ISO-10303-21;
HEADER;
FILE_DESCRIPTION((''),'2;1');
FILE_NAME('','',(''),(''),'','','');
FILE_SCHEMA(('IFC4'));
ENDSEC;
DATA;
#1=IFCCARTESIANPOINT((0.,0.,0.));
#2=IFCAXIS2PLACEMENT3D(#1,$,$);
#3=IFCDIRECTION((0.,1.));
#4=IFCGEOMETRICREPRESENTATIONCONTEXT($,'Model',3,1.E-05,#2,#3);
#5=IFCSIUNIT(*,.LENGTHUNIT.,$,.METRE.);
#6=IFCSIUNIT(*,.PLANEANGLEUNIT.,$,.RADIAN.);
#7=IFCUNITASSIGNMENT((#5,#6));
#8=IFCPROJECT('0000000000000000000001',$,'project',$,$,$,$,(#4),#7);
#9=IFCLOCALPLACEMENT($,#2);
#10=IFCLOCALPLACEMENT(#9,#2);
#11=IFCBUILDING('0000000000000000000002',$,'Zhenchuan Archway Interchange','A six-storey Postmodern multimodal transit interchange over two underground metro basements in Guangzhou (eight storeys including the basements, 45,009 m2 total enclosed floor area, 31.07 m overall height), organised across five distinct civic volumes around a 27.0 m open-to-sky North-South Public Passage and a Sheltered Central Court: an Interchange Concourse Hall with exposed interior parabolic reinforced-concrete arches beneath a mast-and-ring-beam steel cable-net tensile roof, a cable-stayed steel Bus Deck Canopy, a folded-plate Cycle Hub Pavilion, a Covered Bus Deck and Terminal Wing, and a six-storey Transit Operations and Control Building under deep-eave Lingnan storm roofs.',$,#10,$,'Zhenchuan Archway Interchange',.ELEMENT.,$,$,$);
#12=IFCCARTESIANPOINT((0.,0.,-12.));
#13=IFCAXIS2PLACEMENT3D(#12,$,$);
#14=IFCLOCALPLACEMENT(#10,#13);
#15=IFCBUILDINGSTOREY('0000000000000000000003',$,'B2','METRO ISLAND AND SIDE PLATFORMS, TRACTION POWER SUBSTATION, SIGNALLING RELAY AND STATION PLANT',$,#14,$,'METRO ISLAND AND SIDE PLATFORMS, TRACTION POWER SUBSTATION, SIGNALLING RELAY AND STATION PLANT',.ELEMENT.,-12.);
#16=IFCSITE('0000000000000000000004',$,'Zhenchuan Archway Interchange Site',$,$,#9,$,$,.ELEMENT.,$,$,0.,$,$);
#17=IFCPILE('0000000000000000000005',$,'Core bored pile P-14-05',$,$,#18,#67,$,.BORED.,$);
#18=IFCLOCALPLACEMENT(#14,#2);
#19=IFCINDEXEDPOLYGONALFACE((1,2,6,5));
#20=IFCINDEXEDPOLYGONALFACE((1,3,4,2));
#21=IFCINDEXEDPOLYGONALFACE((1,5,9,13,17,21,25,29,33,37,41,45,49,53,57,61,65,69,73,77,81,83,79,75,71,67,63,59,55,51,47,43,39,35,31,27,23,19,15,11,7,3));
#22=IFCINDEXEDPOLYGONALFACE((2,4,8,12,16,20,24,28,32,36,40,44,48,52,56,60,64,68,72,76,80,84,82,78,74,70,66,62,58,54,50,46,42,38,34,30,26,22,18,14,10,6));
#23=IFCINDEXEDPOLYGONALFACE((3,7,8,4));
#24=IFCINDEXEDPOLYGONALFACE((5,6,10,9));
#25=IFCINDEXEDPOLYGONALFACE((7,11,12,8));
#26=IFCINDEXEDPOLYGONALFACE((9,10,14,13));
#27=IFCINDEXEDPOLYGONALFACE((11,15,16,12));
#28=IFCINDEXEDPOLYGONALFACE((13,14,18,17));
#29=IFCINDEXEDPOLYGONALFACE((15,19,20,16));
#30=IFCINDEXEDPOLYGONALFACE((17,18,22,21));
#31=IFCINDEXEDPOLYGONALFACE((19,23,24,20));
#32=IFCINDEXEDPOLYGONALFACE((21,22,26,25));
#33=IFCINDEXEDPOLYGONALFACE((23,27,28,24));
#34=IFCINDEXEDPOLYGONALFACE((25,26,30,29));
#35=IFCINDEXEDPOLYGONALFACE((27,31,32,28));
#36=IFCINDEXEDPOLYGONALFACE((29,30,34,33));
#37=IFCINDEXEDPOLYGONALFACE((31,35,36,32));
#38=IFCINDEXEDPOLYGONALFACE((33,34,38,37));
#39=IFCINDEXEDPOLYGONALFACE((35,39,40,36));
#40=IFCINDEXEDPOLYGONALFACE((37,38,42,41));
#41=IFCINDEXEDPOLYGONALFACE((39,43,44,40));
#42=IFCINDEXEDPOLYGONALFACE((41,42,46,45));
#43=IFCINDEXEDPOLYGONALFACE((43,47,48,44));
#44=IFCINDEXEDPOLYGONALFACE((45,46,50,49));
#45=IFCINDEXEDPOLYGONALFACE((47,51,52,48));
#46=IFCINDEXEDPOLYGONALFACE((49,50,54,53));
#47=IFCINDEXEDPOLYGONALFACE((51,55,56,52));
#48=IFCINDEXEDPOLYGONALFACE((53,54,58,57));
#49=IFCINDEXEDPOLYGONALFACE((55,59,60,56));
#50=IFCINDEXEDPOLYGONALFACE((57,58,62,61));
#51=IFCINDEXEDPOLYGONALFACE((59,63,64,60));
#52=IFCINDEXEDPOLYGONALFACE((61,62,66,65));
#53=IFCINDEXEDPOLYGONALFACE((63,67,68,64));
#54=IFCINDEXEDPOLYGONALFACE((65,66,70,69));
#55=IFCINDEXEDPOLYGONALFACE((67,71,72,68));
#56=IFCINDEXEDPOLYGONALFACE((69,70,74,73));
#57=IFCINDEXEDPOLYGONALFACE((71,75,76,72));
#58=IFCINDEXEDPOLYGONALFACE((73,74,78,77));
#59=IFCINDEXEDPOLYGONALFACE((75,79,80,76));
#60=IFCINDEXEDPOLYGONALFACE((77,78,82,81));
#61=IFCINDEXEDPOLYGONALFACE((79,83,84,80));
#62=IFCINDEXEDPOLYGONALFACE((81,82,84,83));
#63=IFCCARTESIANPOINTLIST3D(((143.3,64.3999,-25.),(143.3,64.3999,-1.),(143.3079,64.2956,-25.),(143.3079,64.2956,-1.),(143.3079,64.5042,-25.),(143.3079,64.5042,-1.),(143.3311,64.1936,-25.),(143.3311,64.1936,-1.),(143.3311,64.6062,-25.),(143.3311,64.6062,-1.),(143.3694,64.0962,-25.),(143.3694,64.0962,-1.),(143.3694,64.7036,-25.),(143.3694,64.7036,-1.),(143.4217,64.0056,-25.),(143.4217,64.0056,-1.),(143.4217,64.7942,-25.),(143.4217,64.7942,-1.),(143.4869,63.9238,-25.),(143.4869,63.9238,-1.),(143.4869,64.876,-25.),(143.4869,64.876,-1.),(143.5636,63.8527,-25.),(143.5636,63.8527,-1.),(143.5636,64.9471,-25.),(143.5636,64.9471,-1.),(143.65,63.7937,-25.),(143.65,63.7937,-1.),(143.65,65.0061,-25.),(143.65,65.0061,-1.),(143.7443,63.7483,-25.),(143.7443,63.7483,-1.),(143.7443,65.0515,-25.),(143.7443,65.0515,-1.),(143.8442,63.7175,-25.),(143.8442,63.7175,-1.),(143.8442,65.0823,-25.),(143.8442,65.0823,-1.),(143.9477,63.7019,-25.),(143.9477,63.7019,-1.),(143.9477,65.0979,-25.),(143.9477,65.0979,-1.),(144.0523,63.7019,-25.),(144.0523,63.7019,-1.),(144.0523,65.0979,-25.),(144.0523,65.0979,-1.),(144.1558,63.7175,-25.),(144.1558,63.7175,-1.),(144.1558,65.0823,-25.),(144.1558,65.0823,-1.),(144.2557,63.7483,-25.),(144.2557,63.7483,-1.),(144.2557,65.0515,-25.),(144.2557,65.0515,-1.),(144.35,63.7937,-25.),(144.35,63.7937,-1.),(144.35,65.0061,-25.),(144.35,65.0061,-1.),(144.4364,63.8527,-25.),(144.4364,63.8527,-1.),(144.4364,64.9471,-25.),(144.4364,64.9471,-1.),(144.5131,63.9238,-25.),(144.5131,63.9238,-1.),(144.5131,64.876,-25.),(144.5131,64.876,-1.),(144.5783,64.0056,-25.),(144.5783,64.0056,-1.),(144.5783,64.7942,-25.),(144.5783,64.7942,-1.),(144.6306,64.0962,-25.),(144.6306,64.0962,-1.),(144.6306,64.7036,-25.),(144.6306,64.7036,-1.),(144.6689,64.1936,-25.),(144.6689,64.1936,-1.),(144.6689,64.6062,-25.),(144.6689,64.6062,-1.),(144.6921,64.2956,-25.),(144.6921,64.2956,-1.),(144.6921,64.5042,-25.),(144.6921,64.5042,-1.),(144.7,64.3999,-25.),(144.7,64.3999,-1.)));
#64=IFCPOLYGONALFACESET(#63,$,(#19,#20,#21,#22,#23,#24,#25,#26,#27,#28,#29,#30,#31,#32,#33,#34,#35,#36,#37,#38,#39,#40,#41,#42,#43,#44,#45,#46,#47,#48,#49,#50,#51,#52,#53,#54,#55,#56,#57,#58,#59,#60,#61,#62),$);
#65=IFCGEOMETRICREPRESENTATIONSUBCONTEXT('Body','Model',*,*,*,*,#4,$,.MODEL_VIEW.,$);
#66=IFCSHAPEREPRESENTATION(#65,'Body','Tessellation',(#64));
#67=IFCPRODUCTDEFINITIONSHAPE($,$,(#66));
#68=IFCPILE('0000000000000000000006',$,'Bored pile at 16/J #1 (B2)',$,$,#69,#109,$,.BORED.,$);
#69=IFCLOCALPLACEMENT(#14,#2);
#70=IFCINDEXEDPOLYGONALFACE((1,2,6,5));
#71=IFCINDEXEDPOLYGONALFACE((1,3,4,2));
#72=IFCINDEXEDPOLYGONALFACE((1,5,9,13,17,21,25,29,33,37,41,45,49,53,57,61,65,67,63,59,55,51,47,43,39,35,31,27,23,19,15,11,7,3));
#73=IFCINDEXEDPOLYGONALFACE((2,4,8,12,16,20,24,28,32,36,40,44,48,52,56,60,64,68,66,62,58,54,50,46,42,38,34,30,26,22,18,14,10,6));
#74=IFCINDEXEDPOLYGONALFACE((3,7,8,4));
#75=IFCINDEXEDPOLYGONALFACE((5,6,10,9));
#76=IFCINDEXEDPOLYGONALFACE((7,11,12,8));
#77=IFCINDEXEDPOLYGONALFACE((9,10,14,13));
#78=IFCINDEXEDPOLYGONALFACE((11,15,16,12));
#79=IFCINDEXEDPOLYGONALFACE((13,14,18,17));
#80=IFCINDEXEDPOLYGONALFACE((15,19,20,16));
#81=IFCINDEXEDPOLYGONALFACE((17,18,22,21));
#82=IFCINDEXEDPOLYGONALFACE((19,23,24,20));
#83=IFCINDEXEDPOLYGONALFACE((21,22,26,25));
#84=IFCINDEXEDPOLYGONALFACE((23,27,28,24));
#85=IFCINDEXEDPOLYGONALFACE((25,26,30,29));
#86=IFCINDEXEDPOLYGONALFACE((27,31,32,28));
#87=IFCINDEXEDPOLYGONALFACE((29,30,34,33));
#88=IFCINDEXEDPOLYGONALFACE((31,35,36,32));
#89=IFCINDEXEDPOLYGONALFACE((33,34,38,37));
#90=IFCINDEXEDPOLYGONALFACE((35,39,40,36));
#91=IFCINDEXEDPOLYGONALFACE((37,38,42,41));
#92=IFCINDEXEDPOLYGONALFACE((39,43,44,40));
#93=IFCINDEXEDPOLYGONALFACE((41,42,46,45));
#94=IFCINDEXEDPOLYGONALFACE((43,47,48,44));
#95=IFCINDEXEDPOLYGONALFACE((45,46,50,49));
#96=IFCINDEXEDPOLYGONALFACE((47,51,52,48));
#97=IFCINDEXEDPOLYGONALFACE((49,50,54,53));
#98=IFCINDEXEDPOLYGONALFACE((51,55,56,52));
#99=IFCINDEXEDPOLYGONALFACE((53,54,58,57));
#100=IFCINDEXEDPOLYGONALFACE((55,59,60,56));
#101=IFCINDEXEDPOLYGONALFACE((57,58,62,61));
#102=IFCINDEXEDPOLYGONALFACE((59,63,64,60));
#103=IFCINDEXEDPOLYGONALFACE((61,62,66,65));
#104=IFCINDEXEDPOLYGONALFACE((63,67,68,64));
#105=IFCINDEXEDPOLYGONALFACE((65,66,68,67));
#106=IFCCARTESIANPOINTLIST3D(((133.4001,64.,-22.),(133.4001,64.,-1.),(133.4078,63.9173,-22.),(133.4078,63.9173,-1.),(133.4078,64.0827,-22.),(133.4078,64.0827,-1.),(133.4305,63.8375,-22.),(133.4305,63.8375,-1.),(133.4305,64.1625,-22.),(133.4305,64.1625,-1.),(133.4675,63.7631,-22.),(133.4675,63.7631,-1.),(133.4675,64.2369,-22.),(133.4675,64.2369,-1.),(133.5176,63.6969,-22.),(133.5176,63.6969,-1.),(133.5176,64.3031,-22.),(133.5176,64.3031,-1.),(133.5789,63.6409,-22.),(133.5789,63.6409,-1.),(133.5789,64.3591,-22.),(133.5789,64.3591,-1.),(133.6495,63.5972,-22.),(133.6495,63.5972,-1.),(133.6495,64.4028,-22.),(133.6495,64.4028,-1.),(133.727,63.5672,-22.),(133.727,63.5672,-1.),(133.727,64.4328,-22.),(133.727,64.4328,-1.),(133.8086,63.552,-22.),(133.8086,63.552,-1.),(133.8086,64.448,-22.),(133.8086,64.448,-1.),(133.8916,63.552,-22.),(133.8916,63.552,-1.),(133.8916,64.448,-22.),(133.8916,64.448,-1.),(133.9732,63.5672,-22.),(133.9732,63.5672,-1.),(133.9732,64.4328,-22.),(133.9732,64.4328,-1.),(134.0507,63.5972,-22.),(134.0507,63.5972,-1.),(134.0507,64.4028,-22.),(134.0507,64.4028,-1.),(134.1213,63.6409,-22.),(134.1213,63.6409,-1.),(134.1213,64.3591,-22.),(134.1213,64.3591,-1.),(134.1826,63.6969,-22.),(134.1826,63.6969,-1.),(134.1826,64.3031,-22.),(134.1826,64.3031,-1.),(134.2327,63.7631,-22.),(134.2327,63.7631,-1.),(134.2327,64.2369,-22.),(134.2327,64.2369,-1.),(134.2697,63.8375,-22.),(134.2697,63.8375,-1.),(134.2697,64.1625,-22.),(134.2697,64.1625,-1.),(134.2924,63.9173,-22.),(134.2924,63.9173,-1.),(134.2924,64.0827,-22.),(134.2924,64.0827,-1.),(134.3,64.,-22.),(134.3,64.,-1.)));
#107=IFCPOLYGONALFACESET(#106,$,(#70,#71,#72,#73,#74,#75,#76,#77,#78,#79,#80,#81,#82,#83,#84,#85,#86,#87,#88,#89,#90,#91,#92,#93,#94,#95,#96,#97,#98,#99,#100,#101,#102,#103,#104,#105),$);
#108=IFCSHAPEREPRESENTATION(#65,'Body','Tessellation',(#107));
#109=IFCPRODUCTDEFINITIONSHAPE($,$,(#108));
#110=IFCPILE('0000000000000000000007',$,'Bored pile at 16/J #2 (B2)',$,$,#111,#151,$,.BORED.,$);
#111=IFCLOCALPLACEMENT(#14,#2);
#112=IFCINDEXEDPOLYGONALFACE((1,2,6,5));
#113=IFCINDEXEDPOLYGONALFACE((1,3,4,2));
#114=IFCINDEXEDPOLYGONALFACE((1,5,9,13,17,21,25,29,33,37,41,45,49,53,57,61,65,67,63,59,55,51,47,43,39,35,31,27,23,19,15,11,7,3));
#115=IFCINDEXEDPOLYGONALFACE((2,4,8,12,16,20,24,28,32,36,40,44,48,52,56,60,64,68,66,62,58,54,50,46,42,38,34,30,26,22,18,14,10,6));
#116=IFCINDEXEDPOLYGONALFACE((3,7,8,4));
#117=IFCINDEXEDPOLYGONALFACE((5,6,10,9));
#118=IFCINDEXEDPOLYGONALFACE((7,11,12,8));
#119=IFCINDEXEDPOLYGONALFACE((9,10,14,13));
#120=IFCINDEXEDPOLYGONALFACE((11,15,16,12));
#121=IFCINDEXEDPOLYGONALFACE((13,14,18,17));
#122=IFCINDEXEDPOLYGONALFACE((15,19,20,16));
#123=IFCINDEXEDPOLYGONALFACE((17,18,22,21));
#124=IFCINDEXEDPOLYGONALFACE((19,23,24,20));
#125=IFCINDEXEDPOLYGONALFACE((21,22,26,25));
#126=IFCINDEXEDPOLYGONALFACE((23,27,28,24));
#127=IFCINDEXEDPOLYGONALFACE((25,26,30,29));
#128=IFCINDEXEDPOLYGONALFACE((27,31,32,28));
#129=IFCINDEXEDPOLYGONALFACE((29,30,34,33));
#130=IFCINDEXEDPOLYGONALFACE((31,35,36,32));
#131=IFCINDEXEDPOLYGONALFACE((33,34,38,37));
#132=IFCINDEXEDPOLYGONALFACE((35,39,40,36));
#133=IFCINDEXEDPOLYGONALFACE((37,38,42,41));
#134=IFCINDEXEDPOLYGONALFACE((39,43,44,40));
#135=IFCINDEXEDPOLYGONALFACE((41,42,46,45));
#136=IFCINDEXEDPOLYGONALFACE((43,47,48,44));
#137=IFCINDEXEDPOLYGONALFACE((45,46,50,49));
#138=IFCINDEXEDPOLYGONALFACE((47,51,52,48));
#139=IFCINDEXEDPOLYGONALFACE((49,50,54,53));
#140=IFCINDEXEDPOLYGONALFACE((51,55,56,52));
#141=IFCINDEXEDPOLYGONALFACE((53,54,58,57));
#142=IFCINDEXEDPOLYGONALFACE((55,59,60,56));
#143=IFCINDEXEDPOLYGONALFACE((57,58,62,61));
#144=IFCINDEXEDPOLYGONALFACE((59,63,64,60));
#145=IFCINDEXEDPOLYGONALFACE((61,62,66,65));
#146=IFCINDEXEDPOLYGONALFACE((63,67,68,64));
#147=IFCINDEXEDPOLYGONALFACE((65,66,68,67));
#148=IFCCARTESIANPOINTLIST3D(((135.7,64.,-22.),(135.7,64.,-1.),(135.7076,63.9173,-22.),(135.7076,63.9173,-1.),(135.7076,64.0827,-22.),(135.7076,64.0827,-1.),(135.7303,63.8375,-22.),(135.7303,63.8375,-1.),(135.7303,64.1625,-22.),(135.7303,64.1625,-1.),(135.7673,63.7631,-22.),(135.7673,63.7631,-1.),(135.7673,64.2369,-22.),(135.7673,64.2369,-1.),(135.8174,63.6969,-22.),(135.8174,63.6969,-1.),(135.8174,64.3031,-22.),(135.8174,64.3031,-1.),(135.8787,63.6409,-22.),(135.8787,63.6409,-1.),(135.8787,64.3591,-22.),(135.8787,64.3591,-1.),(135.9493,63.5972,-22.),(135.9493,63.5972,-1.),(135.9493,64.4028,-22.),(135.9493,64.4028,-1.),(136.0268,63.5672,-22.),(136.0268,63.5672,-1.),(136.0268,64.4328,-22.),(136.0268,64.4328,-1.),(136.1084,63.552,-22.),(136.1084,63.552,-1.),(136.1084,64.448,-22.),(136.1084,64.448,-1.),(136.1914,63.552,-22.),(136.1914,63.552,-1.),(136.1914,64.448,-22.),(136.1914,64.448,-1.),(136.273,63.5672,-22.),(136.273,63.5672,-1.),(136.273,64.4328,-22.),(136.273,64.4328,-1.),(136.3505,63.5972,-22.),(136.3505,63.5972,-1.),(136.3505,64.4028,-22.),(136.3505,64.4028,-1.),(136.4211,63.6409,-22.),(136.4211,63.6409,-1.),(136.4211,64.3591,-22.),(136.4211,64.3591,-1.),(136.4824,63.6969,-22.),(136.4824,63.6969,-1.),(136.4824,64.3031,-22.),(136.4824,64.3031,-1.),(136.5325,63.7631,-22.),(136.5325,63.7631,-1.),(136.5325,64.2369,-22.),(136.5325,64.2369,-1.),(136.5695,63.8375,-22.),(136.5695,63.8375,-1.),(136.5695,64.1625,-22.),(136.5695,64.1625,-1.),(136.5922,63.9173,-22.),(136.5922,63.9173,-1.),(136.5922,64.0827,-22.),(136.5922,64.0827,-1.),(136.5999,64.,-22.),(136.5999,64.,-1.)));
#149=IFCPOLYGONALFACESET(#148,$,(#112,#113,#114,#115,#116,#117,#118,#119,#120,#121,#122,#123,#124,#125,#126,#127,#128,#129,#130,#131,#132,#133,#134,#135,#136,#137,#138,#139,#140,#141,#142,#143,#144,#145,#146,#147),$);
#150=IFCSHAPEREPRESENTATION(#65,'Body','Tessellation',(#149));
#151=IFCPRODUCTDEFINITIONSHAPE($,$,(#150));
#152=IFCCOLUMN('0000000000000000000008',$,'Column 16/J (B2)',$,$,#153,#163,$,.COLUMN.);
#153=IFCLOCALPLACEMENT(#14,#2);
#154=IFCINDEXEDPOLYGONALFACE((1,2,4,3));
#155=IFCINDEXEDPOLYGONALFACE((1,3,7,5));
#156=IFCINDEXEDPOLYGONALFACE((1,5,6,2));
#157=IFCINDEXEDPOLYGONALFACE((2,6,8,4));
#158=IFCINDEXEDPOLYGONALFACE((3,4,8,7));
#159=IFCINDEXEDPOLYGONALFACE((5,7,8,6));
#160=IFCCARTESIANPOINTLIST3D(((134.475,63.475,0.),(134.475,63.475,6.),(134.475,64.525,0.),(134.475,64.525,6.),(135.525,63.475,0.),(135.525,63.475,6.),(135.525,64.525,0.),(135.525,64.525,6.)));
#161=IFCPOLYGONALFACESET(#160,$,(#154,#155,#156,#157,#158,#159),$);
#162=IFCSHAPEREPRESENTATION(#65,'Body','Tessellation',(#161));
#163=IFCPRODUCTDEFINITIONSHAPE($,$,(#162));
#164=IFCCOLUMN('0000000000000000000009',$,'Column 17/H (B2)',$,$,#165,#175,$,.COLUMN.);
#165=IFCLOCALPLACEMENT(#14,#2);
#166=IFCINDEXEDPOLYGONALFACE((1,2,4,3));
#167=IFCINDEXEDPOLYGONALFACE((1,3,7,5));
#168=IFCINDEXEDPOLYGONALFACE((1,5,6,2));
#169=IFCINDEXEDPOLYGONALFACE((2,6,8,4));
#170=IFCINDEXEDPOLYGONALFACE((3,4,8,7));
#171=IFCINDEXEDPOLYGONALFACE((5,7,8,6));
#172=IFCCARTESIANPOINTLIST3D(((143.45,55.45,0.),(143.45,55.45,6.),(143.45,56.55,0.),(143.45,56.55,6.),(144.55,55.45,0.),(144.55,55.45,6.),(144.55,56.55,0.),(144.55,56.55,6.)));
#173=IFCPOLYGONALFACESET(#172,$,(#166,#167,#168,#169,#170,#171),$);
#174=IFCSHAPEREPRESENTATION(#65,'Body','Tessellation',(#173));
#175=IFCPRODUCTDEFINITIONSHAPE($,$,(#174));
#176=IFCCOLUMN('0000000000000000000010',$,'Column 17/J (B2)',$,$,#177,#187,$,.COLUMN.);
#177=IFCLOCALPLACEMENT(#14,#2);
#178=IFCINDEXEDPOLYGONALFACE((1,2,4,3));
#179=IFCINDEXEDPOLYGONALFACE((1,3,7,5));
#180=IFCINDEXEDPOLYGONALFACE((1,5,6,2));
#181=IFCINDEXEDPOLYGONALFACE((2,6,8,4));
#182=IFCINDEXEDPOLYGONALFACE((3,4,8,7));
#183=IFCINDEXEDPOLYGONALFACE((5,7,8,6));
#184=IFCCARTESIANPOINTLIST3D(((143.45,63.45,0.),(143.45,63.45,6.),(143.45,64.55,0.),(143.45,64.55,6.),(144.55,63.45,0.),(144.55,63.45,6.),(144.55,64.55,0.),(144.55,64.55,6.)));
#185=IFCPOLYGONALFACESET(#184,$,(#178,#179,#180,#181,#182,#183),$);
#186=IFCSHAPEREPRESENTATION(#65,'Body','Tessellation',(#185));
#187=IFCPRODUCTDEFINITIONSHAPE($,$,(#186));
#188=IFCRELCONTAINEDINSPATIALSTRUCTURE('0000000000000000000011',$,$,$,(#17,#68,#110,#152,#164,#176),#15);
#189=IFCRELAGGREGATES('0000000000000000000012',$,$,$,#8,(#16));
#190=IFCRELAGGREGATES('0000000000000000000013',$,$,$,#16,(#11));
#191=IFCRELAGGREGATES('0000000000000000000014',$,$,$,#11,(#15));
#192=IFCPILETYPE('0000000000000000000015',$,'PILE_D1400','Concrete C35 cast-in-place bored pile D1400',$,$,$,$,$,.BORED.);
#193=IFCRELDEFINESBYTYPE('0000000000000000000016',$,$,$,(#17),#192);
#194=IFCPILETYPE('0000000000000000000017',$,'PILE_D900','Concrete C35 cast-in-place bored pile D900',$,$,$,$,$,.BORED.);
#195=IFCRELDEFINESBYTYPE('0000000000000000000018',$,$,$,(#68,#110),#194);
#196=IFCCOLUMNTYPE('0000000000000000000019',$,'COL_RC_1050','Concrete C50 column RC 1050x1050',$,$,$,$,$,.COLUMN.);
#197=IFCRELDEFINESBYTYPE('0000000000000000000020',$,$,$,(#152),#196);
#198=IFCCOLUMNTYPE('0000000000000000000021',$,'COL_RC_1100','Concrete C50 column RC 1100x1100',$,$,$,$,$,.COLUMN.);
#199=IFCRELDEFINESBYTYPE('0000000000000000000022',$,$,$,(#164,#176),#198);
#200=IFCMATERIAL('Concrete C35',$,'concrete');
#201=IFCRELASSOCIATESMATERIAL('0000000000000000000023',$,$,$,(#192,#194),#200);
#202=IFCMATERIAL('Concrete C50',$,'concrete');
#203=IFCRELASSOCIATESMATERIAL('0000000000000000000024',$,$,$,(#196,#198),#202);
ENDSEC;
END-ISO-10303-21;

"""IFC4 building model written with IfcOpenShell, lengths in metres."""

from ifc_helpers import new_model, si_unit, direction, frame, origin, origin_2d, place, context, subcontext, project, spatial, rectangle, circle, extrude, material, material_profile, profile_set, type_object, element, save


model = new_model("IFC4")

# Units and contexts
model_context = context("Model", 3, precision=1e-05, world=origin(), true_north=direction((0.0, 1.0)))
body_context = subcontext(model_context, "Body", "Model", "MODEL_VIEW")
ifc_project = project(units=[si_unit("LENGTHUNIT", "METRE"), si_unit("PLANEANGLEUNIT", "RADIAN")], contexts=[model_context])

# Site, building, storey
site_placement = place(None, origin())
site = spatial("IfcSite", under=ifc_project, at=site_placement, Name="Zhenchuan Archway Interchange Site", CompositionType="ELEMENT", RefElevation=0.0)
building_placement = place(site_placement, origin())
building = spatial("IfcBuilding", under=site, at=building_placement, Name="Zhenchuan Archway Interchange", Description="A six-storey Postmodern multimodal transit interchange over two underground metro basements in Guangzhou (eight storeys including the basements, 45,009 m2 total enclosed floor area, 31.07 m overall height), organised across five distinct civic volumes around a 27.0 m open-to-sky North-South Public Passage and a Sheltered Central Court: an Interchange Concourse Hall with exposed interior parabolic reinforced-concrete arches beneath a mast-and-ring-beam steel cable-net tensile roof, a cable-stayed steel Bus Deck Canopy, a folded-plate Cycle Hub Pavilion, a Covered Bus Deck and Terminal Wing, and a six-storey Transit Operations and Control Building under deep-eave Lingnan storm roofs.", LongName="Zhenchuan Archway Interchange", CompositionType="ELEMENT")
storey_placement = place(building_placement, frame((0.0, 0.0, -12.0)))
storey = spatial("IfcBuildingStorey", under=building, at=storey_placement, Name="B2", Description="METRO ISLAND AND SIDE PLATFORMS, TRACTION POWER SUBSTATION, SIGNALLING RELAY AND STATION PLANT", LongName="METRO ISLAND AND SIDE PLATFORMS, TRACTION POWER SUBSTATION, SIGNALLING RELAY AND STATION PLANT", CompositionType="ELEMENT", Elevation=-12.0)

# Piles
ifc_material_1 = material(Name="Concrete C35", Category="concrete")
ifc_material_profile_1 = material_profile(ifc_material_1, circle(Radius=0.7, at=origin_2d()), Name="BORED PILE 1400")
ifc_profile_set_1 = profile_set([ifc_material_profile_1], Name="Concrete C35")
pile_type_1 = type_object("IfcPileType", Name="PILE_D1400", Description="Concrete C35 cast-in-place bored pile D1400", PredefinedType="BORED", material=ifc_profile_set_1)
for number, where, z_axis, x_axis, name in (
    (1, (144.0, 64.3999, -1.0), (0.0, 0.0, -1.0), (1.0, 0.0, 0.0), "Core bored pile P-14-05"),
):
    element("IfcPile", number, at=place(storey_placement, frame(where, z_axis=z_axis, x_axis=x_axis)), inside=storey, type_object=pile_type_1, Name=name, PredefinedType="BORED", context=body_context, shape_type="SweptSolid", body=[
        extrude(circle(Radius=0.7, at=origin_2d()), origin(), (0.0, 0.0, 1.0), 24.0),
    ])
ifc_material_profile_2 = material_profile(ifc_material_1, circle(Radius=0.45, at=origin_2d()), Name="BORED PILE 900")
ifc_profile_set_2 = profile_set([ifc_material_profile_2], Name="Concrete C35")
pile_type_2 = type_object("IfcPileType", Name="PILE_D900", Description="Concrete C35 cast-in-place bored pile D900", PredefinedType="BORED", material=ifc_profile_set_2)
for number, where, z_axis, x_axis, name in (
    (2, (133.8501, 64.0, -1.0), (0.0, 0.0, -1.0), (1.0, 0.0, 0.0), "Bored pile at 16/J #1 (B2)"),
    (3, (136.1499, 64.0, -1.0), (0.0, 0.0, -1.0), (1.0, 0.0, 0.0), "Bored pile at 16/J #2 (B2)"),
):
    element("IfcPile", number, at=place(storey_placement, frame(where, z_axis=z_axis, x_axis=x_axis)), inside=storey, type_object=pile_type_2, Name=name, PredefinedType="BORED", context=body_context, shape_type="SweptSolid", body=[
        extrude(circle(Radius=0.45, at=origin_2d()), origin(), (0.0, 0.0, 1.0), 21.0),
    ])

# Columns
ifc_material_2 = material(Name="Concrete C50", Category="concrete")
ifc_material_profile_3 = material_profile(ifc_material_2, rectangle(XDim=1.05, YDim=1.05, at=origin_2d()), Name="RC 1050x1050")
ifc_profile_set_3 = profile_set([ifc_material_profile_3], Name="Concrete C50")
column_type_1 = type_object("IfcColumnType", Name="COL_RC_1050", Description="Concrete C50 column RC 1050x1050", PredefinedType="COLUMN", material=ifc_profile_set_3)
column_placement = place(storey_placement, frame((135.0, 64.0, 0.0), z_axis=(0.0, 0.0, 1.0), x_axis=(1.0, 0.0, 0.0)))
element("IfcColumn", 4, at=column_placement, inside=storey, type_object=column_type_1, Name="Column 16/J (B2)", PredefinedType="COLUMN", context=body_context, shape_type="SweptSolid", body=[
    extrude(rectangle(XDim=1.05, YDim=1.05, at=origin_2d()), origin(), (0.0, 0.0, 1.0), 6.0),
])
ifc_material_profile_4 = material_profile(ifc_material_2, rectangle(XDim=1.1001, YDim=1.1001, at=origin_2d()), Name="RC 1100x1100")
ifc_profile_set_4 = profile_set([ifc_material_profile_4], Name="Concrete C50")
column_type_2 = type_object("IfcColumnType", Name="COL_RC_1100", Description="Concrete C50 column RC 1100x1100", PredefinedType="COLUMN", material=ifc_profile_set_4)
for number, where, z_axis, x_axis, name in (
    (5, (144.0, 56.0, 0.0), (0.0, 0.0, 1.0), (1.0, 0.0, 0.0), "Column 17/H (B2)"),
    (6, (144.0, 64.0, 0.0), (0.0, 0.0, 1.0), (1.0, 0.0, 0.0), "Column 17/J (B2)"),
):
    element("IfcColumn", number, at=place(storey_placement, frame(where, z_axis=z_axis, x_axis=x_axis)), inside=storey, type_object=column_type_2, Name=name, PredefinedType="COLUMN", context=body_context, shape_type="SweptSolid", body=[
        extrude(rectangle(XDim=1.1001, YDim=1.1001, at=origin_2d()), origin(), (0.0, 0.0, 1.0), 6.0),
    ])

save(model, "model.ifc")
